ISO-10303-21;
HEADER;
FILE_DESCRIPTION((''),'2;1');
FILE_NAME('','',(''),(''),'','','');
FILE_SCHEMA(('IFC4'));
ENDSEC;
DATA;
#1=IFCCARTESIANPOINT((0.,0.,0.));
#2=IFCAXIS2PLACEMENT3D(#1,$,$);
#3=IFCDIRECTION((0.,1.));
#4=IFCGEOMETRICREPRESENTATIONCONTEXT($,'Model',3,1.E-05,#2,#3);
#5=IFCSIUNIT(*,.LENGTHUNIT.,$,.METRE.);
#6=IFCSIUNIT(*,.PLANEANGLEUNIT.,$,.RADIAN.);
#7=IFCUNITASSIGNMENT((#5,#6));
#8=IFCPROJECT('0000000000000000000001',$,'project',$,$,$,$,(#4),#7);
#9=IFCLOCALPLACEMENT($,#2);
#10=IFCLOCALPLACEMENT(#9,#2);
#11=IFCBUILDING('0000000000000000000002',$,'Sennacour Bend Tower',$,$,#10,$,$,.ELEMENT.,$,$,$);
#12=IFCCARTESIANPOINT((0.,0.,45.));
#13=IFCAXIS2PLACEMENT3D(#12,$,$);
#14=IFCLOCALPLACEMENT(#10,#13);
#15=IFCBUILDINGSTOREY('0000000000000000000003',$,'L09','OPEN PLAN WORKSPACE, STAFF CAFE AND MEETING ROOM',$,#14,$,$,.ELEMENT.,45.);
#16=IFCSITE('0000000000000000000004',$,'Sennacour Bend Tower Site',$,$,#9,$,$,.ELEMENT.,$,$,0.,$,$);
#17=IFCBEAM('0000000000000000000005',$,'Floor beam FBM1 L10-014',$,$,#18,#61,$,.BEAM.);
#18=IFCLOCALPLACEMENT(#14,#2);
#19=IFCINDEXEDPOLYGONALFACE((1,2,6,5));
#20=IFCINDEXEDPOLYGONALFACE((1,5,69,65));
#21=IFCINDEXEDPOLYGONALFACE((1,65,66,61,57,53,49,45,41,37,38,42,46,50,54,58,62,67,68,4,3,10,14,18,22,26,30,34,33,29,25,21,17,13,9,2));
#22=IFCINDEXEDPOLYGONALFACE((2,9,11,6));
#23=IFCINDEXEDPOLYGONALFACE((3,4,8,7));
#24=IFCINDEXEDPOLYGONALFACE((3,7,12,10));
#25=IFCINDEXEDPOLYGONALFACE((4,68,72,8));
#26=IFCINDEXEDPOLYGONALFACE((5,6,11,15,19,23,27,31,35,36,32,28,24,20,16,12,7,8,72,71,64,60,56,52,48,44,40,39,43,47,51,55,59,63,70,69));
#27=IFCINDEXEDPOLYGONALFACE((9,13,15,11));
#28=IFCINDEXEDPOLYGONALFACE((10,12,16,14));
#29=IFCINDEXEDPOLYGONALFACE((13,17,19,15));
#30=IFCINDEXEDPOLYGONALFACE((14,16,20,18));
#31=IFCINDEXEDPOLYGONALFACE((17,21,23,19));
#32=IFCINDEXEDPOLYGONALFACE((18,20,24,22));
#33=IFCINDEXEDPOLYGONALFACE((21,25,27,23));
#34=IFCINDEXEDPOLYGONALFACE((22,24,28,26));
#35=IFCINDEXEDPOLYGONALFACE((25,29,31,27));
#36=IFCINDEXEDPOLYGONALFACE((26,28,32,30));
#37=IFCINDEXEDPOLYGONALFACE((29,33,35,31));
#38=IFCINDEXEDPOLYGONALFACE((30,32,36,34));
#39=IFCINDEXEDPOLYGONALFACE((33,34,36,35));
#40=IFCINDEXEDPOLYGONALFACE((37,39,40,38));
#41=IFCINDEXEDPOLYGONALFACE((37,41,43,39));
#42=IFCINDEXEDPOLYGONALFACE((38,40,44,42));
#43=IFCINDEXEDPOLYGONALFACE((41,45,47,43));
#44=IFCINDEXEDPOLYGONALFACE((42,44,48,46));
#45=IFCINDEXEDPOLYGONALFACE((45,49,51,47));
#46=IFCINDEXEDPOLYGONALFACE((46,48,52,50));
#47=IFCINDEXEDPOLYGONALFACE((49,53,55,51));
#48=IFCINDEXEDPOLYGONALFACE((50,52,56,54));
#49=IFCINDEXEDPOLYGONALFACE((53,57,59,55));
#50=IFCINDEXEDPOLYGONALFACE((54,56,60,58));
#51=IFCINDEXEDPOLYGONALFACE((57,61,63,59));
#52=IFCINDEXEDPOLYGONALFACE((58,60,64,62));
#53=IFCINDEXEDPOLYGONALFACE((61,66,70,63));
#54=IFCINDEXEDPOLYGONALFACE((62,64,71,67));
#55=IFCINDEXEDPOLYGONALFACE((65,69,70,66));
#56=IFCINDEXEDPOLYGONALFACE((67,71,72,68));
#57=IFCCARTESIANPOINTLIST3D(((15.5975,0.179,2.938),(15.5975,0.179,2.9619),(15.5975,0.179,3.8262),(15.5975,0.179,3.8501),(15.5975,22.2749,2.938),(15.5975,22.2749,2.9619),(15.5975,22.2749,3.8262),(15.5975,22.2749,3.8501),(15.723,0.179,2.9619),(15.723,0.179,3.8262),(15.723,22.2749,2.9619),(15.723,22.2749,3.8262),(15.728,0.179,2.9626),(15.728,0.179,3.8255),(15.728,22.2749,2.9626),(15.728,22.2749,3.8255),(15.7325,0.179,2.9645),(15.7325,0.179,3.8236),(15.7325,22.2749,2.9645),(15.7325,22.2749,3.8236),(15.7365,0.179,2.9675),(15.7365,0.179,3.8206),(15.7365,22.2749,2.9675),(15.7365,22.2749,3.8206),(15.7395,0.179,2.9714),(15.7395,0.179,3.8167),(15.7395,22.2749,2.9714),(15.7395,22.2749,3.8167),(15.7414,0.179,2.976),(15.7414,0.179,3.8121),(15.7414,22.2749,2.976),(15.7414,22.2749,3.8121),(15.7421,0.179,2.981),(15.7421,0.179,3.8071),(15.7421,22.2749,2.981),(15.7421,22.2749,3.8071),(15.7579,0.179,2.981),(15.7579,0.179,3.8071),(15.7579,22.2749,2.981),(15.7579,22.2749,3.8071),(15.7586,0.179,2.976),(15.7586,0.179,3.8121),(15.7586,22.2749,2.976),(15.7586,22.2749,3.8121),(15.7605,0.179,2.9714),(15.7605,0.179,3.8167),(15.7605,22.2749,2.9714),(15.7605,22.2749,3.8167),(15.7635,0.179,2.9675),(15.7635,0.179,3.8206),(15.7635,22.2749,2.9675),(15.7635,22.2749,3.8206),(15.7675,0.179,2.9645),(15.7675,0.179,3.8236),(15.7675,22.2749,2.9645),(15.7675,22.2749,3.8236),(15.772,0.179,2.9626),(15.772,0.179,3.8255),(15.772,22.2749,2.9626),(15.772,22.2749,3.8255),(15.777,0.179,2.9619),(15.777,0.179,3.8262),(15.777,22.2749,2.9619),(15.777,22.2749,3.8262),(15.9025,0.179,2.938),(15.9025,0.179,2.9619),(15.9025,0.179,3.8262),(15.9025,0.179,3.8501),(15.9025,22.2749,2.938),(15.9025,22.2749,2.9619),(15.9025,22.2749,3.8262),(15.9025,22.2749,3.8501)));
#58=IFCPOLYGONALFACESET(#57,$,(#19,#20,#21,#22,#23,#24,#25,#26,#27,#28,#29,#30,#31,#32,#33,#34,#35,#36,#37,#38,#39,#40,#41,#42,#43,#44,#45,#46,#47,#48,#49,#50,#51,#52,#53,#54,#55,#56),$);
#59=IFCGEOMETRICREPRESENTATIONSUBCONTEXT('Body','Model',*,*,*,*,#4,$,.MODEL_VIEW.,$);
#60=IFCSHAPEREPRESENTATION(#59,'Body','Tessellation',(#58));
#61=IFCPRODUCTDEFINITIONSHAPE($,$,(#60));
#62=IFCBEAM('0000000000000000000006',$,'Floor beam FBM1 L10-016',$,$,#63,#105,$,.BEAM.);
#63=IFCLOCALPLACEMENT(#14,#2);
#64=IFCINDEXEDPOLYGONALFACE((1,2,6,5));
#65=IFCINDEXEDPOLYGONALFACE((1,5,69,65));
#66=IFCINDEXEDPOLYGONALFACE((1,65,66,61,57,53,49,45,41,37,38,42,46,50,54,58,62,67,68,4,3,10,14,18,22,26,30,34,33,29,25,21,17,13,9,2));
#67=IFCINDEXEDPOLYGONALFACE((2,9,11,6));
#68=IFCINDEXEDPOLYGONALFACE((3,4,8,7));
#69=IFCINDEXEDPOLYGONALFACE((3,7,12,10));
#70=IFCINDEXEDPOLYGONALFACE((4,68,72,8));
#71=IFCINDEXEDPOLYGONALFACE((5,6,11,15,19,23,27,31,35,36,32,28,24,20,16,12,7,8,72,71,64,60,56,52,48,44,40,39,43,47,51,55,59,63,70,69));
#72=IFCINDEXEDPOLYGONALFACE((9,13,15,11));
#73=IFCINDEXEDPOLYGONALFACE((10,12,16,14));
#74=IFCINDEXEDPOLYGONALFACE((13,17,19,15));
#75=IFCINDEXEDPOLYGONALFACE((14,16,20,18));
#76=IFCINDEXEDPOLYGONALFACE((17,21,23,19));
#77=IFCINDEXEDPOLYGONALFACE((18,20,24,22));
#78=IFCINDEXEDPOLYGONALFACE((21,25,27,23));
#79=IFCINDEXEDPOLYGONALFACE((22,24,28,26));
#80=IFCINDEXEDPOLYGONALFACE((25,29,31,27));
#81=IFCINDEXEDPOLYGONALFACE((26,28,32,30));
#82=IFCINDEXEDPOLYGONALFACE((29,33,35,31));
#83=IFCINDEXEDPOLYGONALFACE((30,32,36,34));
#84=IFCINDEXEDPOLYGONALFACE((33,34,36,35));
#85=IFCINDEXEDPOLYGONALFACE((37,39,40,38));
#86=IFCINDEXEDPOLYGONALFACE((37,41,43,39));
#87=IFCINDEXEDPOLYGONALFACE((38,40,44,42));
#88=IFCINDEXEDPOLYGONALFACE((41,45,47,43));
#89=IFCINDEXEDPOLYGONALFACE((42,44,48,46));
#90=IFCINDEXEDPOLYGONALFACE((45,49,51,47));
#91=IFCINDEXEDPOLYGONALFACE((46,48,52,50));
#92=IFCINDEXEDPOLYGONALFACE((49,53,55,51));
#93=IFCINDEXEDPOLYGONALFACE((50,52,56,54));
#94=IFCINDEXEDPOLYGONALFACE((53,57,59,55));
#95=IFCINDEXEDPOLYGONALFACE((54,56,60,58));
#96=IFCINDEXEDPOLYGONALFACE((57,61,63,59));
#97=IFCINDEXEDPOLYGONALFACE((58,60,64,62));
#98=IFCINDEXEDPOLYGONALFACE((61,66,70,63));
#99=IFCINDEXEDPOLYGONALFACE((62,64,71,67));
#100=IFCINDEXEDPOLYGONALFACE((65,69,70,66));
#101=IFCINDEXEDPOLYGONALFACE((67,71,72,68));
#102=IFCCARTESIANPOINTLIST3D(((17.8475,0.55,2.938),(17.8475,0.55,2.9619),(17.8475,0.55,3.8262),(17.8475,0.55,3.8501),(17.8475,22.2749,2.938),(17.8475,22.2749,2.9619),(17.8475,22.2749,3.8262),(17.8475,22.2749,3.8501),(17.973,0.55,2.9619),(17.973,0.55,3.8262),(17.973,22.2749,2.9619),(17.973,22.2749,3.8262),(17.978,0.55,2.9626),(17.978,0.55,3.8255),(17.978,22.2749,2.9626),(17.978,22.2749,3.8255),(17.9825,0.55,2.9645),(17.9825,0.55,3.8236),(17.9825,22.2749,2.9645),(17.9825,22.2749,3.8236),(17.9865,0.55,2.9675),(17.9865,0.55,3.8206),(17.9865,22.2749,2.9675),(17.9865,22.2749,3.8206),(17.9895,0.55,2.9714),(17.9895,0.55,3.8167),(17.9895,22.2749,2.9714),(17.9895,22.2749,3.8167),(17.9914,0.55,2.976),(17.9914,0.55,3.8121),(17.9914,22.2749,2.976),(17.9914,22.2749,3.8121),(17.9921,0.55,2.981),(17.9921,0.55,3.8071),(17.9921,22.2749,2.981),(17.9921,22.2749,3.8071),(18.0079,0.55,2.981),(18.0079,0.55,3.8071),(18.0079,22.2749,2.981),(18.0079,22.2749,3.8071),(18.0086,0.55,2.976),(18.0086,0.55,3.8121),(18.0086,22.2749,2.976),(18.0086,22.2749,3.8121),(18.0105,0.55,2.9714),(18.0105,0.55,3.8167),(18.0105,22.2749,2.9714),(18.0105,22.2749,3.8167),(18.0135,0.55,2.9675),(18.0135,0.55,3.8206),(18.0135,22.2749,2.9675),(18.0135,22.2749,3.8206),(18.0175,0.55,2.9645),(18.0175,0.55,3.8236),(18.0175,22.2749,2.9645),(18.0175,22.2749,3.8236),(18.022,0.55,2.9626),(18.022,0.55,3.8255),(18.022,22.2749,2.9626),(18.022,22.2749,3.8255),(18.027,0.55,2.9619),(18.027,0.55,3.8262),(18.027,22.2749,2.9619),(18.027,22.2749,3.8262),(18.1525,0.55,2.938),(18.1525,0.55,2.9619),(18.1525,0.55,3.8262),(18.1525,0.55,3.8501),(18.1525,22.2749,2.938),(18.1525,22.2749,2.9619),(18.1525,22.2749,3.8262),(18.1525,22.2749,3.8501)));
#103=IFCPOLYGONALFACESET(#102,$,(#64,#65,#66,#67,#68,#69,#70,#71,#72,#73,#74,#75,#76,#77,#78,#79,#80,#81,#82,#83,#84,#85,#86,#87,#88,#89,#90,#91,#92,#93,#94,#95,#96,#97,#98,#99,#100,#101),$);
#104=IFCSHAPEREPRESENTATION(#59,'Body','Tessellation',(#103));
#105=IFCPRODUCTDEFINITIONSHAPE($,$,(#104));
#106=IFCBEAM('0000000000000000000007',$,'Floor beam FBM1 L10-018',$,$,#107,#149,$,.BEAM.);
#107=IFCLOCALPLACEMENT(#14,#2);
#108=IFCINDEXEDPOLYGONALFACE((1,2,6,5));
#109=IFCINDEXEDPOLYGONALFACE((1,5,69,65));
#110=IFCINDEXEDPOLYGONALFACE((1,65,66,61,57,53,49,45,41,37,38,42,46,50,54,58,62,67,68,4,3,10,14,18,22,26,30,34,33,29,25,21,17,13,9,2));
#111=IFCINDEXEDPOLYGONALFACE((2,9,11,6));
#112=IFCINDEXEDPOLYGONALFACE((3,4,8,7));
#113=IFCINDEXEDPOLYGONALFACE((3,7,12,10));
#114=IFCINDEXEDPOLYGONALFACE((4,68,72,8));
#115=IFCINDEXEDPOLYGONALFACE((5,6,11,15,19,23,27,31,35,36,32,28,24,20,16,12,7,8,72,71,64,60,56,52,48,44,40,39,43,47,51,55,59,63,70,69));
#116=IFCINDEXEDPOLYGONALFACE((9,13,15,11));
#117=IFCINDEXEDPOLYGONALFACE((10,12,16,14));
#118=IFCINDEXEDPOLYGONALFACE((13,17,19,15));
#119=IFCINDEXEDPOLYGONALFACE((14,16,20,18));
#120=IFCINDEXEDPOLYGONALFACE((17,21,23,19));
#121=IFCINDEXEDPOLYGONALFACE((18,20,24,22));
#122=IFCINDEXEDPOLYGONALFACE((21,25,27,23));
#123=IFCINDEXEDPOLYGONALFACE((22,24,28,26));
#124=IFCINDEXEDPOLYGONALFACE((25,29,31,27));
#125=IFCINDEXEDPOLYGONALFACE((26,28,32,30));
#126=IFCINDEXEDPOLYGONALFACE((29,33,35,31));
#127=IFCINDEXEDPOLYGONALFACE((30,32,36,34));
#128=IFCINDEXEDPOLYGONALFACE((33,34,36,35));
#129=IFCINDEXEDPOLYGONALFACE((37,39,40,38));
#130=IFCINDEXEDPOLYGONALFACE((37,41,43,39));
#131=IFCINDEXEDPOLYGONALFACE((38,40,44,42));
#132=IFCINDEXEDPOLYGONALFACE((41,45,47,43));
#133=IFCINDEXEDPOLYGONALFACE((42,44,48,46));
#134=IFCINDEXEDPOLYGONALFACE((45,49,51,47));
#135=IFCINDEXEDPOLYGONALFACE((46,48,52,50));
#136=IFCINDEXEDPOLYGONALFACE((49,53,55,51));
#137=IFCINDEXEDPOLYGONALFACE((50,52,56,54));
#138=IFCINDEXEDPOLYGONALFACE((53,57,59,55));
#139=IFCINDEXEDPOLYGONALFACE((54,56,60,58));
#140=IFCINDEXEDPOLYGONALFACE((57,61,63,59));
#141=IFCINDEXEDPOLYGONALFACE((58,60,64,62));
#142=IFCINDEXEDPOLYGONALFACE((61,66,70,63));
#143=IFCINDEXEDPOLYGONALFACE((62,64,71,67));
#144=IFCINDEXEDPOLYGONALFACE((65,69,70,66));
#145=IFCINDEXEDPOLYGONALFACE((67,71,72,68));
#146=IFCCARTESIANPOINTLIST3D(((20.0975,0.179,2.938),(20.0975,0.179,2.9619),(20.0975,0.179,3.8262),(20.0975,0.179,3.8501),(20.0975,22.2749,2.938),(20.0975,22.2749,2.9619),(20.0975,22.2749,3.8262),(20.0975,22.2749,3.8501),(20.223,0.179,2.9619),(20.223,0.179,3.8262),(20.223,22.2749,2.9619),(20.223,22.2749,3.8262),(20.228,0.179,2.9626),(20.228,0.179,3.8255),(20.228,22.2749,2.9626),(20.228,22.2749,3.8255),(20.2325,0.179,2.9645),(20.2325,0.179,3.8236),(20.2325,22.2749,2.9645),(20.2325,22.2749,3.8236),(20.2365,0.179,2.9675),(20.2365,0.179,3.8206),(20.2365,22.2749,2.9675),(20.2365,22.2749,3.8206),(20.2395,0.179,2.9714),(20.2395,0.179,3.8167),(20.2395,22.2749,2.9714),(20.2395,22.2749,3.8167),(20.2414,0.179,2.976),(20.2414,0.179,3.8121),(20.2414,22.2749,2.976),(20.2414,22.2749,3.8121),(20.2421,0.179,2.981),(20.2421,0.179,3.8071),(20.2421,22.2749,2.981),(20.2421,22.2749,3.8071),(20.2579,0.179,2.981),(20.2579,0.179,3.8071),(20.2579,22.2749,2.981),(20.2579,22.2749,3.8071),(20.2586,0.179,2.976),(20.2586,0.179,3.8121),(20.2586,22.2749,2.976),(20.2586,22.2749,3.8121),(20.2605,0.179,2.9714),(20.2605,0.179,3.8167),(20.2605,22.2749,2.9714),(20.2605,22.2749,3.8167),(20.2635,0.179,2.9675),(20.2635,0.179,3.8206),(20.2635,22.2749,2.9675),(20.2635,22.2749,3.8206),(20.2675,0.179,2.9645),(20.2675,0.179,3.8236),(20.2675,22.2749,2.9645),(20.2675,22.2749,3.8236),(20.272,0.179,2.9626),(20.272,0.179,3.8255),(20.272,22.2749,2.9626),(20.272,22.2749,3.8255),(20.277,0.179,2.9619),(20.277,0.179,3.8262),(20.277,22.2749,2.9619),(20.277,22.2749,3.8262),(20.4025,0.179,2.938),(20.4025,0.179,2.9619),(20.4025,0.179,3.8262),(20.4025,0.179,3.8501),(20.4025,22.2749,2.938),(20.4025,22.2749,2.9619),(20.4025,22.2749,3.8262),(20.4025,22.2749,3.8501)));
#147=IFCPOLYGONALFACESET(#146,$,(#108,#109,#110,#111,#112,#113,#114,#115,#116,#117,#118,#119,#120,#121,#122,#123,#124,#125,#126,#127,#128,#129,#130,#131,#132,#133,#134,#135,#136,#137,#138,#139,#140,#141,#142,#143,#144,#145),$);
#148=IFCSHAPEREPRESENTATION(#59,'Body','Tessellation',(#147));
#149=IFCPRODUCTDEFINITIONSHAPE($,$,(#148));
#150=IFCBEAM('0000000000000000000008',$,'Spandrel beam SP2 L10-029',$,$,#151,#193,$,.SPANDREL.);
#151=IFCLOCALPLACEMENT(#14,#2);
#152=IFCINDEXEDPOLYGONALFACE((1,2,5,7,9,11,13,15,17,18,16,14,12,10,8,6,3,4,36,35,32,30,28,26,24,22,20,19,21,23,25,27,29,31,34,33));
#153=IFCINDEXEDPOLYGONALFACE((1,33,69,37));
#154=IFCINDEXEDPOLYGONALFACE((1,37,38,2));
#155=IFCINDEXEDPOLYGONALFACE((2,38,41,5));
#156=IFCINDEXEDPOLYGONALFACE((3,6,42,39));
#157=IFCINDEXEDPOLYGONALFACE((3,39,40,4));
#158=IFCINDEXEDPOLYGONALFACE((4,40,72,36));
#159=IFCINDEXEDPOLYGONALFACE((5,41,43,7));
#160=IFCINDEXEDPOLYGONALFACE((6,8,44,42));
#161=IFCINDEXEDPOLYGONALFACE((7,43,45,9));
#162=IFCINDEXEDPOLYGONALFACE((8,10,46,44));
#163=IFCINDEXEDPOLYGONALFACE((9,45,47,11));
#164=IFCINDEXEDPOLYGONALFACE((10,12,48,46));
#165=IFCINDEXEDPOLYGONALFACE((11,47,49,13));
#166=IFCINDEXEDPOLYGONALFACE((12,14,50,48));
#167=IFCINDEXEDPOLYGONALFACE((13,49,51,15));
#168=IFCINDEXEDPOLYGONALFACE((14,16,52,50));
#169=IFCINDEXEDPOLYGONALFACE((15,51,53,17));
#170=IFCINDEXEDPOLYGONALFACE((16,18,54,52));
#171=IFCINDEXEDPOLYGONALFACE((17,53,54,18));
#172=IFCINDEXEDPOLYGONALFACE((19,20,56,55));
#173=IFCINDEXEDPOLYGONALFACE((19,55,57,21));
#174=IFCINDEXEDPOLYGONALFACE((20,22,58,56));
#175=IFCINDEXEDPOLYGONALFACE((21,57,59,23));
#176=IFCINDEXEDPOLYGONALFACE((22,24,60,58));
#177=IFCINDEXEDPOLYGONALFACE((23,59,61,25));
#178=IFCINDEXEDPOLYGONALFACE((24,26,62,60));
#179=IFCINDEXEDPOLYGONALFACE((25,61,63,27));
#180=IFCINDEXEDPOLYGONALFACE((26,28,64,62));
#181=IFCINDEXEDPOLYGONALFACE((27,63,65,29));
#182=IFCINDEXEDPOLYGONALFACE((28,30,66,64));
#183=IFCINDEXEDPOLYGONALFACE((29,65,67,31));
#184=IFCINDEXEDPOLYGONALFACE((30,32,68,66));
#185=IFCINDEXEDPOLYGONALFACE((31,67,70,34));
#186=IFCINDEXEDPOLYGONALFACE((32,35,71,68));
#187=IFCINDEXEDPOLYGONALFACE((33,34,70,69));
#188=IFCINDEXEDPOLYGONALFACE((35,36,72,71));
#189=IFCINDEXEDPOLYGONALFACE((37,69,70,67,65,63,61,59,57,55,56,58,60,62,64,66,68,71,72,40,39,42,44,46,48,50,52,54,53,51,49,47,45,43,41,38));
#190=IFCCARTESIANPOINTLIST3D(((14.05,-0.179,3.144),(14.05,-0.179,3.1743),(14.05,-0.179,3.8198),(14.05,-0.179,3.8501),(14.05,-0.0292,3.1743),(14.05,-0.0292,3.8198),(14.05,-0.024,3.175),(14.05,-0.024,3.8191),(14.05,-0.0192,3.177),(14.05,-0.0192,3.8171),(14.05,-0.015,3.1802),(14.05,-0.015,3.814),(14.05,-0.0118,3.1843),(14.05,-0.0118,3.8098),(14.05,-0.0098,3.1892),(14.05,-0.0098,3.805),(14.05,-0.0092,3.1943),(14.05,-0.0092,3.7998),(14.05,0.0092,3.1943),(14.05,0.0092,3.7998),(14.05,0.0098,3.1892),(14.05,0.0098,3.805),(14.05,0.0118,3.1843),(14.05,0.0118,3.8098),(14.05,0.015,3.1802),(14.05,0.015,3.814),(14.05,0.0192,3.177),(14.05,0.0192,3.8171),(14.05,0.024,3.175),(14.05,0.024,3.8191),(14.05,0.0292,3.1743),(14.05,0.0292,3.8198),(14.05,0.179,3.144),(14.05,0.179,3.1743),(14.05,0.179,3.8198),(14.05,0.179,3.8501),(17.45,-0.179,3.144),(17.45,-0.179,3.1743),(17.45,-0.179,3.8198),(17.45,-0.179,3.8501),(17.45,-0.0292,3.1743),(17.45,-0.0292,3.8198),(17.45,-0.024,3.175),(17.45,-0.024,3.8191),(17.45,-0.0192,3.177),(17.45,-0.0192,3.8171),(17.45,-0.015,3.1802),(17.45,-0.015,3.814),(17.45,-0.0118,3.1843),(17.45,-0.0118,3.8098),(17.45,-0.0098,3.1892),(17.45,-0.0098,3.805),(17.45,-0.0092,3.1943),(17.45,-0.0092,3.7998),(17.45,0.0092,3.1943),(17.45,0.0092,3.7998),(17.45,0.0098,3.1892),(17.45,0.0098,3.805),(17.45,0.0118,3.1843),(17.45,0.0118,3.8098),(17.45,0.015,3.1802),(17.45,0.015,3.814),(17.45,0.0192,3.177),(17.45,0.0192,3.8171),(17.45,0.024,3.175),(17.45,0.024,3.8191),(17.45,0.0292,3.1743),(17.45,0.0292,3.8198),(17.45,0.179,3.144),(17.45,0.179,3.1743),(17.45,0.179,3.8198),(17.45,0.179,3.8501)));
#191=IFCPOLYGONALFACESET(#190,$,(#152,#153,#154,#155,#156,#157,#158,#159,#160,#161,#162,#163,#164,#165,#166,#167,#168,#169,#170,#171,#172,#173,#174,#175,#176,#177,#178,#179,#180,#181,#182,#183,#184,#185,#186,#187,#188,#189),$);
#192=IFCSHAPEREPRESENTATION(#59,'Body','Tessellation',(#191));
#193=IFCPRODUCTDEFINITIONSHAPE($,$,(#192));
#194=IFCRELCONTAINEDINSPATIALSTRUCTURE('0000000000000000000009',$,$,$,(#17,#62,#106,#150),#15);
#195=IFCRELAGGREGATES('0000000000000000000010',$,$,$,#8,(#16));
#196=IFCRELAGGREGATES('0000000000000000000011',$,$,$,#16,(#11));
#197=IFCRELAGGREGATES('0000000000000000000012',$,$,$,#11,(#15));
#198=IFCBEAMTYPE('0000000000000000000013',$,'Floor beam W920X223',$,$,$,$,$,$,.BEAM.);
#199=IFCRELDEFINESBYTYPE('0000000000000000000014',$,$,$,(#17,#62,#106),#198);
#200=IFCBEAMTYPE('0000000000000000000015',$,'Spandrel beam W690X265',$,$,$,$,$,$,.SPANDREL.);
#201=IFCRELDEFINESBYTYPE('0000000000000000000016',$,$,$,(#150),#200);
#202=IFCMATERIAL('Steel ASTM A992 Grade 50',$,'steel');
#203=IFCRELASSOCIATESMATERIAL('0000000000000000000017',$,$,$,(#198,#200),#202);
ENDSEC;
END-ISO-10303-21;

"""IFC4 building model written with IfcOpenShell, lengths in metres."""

from ifc_helpers import new_model, si_unit, direction, frame, origin, origin_2d, place, context, subcontext, project, spatial, i_section, extrude, material, material_profile, profile_set, type_object, element, save


model = new_model("IFC4")

# Units and contexts
model_context = context("Model", 3, precision=1e-05, world=origin(), true_north=direction((0.0, 1.0)))
body_context = subcontext(model_context, "Body", "Model", "MODEL_VIEW")
ifc_project = project(units=[si_unit("LENGTHUNIT", "METRE"), si_unit("PLANEANGLEUNIT", "RADIAN")], contexts=[model_context])

# Site, building, storey
site_placement = place(None, origin())
site = spatial("IfcSite", under=ifc_project, at=site_placement, Name="Sennacour Bend Tower Site", CompositionType="ELEMENT", RefElevation=0.0)
building_placement = place(site_placement, origin())
building = spatial("IfcBuilding", under=site, at=building_placement, Name="Sennacour Bend Tower", CompositionType="ELEMENT")
storey_placement = place(building_placement, frame((0.0, 0.0, 45.0)))
storey = spatial("IfcBuildingStorey", under=building, at=storey_placement, Name="L09", Description="OPEN PLAN WORKSPACE, STAFF CAFE AND MEETING ROOM", CompositionType="ELEMENT", Elevation=45.0)

# Beams
ifc_material_1 = material(Name="Steel ASTM A992 Grade 50", Category="steel")
ifc_material_profile_1 = material_profile(ifc_material_1, i_section(OverallWidth=0.3049, OverallDepth=0.9121, WebThickness=0.0159, FlangeThickness=0.0239, FilletRadius=0.019, at=origin_2d()), Name="Steel ASTM A992 Grade 50", Category="steel")
ifc_profile_set_1 = profile_set([ifc_material_profile_1], Name="Steel ASTM A992 Grade 50")
beam_type_1 = type_object("IfcBeamType", Name="Floor beam W920X223", PredefinedType="BEAM", material=ifc_profile_set_1)
beam_1_placement = place(storey_placement, frame((15.75, 0.179, 3.394), z_axis=(0.0, 1.0, 0.0), x_axis=(-1.0, 0.0, 0.0)))
element("IfcBeam", 1, at=beam_1_placement, inside=storey, type_object=beam_type_1, Name="Floor beam FBM1 L10-014", PredefinedType="BEAM", context=body_context, shape_type="SweptSolid", body=[
    extrude(i_section(OverallWidth=0.3049, OverallDepth=0.9121, WebThickness=0.0159, FlangeThickness=0.0239, FilletRadius=0.019, at=origin_2d()), origin(), (0.0, 0.0, 1.0), 22.0959),
])
beam_2_placement = place(storey_placement, frame((18.0, 0.55, 3.394), z_axis=(0.0, 1.0, 0.0), x_axis=(-1.0, 0.0, 0.0)))
element("IfcBeam", 2, at=beam_2_placement, inside=storey, type_object=beam_type_1, Name="Floor beam FBM1 L10-016", PredefinedType="BEAM", context=body_context, shape_type="SweptSolid", body=[
    extrude(i_section(OverallWidth=0.3049, OverallDepth=0.9121, WebThickness=0.0159, FlangeThickness=0.0239, FilletRadius=0.019, at=origin_2d()), origin(), (0.0, 0.0, 1.0), 21.7249),
])
beam_3_placement = place(storey_placement, frame((20.25, 0.179, 3.394), z_axis=(0.0, 1.0, 0.0), x_axis=(-1.0, 0.0, 0.0)))
element("IfcBeam", 3, at=beam_3_placement, inside=storey, type_object=beam_type_1, Name="Floor beam FBM1 L10-018", PredefinedType="BEAM", context=body_context, shape_type="SweptSolid", body=[
    extrude(i_section(OverallWidth=0.3049, OverallDepth=0.9121, WebThickness=0.0159, FlangeThickness=0.0239, FilletRadius=0.019, at=origin_2d()), origin(), (0.0, 0.0, 1.0), 22.0959),
])
ifc_material_profile_2 = material_profile(ifc_material_1, i_section(OverallWidth=0.3579, OverallDepth=0.7061, WebThickness=0.0183, FlangeThickness=0.0303, FilletRadius=0.02, at=origin_2d()), Name="Steel ASTM A992 Grade 50", Category="steel")
ifc_profile_set_2 = profile_set([ifc_material_profile_2], Name="Steel ASTM A992 Grade 50")
beam_type_2 = type_object("IfcBeamType", Name="Spandrel beam W690X265", PredefinedType="SPANDREL", material=ifc_profile_set_2)
for number, where, z_axis, x_axis, name in (
    (4, (17.45, 0.0, 3.4971), (-1.0, 0.0, 0.0), (0.0, -1.0, 0.0), "Spandrel beam SP2 L10-029"),
):
    element("IfcBeam", number, at=place(storey_placement, frame(where, z_axis=z_axis, x_axis=x_axis)), inside=storey, type_object=beam_type_2, Name=name, PredefinedType="SPANDREL", context=body_context, shape_type="SweptSolid", body=[
        extrude(i_section(OverallWidth=0.3579, OverallDepth=0.7061, WebThickness=0.0183, FlangeThickness=0.0303, FilletRadius=0.02, at=origin_2d()), origin(), (0.0, 0.0, 1.0), 3.3999),
    ])

save(model, "model.ifc")
